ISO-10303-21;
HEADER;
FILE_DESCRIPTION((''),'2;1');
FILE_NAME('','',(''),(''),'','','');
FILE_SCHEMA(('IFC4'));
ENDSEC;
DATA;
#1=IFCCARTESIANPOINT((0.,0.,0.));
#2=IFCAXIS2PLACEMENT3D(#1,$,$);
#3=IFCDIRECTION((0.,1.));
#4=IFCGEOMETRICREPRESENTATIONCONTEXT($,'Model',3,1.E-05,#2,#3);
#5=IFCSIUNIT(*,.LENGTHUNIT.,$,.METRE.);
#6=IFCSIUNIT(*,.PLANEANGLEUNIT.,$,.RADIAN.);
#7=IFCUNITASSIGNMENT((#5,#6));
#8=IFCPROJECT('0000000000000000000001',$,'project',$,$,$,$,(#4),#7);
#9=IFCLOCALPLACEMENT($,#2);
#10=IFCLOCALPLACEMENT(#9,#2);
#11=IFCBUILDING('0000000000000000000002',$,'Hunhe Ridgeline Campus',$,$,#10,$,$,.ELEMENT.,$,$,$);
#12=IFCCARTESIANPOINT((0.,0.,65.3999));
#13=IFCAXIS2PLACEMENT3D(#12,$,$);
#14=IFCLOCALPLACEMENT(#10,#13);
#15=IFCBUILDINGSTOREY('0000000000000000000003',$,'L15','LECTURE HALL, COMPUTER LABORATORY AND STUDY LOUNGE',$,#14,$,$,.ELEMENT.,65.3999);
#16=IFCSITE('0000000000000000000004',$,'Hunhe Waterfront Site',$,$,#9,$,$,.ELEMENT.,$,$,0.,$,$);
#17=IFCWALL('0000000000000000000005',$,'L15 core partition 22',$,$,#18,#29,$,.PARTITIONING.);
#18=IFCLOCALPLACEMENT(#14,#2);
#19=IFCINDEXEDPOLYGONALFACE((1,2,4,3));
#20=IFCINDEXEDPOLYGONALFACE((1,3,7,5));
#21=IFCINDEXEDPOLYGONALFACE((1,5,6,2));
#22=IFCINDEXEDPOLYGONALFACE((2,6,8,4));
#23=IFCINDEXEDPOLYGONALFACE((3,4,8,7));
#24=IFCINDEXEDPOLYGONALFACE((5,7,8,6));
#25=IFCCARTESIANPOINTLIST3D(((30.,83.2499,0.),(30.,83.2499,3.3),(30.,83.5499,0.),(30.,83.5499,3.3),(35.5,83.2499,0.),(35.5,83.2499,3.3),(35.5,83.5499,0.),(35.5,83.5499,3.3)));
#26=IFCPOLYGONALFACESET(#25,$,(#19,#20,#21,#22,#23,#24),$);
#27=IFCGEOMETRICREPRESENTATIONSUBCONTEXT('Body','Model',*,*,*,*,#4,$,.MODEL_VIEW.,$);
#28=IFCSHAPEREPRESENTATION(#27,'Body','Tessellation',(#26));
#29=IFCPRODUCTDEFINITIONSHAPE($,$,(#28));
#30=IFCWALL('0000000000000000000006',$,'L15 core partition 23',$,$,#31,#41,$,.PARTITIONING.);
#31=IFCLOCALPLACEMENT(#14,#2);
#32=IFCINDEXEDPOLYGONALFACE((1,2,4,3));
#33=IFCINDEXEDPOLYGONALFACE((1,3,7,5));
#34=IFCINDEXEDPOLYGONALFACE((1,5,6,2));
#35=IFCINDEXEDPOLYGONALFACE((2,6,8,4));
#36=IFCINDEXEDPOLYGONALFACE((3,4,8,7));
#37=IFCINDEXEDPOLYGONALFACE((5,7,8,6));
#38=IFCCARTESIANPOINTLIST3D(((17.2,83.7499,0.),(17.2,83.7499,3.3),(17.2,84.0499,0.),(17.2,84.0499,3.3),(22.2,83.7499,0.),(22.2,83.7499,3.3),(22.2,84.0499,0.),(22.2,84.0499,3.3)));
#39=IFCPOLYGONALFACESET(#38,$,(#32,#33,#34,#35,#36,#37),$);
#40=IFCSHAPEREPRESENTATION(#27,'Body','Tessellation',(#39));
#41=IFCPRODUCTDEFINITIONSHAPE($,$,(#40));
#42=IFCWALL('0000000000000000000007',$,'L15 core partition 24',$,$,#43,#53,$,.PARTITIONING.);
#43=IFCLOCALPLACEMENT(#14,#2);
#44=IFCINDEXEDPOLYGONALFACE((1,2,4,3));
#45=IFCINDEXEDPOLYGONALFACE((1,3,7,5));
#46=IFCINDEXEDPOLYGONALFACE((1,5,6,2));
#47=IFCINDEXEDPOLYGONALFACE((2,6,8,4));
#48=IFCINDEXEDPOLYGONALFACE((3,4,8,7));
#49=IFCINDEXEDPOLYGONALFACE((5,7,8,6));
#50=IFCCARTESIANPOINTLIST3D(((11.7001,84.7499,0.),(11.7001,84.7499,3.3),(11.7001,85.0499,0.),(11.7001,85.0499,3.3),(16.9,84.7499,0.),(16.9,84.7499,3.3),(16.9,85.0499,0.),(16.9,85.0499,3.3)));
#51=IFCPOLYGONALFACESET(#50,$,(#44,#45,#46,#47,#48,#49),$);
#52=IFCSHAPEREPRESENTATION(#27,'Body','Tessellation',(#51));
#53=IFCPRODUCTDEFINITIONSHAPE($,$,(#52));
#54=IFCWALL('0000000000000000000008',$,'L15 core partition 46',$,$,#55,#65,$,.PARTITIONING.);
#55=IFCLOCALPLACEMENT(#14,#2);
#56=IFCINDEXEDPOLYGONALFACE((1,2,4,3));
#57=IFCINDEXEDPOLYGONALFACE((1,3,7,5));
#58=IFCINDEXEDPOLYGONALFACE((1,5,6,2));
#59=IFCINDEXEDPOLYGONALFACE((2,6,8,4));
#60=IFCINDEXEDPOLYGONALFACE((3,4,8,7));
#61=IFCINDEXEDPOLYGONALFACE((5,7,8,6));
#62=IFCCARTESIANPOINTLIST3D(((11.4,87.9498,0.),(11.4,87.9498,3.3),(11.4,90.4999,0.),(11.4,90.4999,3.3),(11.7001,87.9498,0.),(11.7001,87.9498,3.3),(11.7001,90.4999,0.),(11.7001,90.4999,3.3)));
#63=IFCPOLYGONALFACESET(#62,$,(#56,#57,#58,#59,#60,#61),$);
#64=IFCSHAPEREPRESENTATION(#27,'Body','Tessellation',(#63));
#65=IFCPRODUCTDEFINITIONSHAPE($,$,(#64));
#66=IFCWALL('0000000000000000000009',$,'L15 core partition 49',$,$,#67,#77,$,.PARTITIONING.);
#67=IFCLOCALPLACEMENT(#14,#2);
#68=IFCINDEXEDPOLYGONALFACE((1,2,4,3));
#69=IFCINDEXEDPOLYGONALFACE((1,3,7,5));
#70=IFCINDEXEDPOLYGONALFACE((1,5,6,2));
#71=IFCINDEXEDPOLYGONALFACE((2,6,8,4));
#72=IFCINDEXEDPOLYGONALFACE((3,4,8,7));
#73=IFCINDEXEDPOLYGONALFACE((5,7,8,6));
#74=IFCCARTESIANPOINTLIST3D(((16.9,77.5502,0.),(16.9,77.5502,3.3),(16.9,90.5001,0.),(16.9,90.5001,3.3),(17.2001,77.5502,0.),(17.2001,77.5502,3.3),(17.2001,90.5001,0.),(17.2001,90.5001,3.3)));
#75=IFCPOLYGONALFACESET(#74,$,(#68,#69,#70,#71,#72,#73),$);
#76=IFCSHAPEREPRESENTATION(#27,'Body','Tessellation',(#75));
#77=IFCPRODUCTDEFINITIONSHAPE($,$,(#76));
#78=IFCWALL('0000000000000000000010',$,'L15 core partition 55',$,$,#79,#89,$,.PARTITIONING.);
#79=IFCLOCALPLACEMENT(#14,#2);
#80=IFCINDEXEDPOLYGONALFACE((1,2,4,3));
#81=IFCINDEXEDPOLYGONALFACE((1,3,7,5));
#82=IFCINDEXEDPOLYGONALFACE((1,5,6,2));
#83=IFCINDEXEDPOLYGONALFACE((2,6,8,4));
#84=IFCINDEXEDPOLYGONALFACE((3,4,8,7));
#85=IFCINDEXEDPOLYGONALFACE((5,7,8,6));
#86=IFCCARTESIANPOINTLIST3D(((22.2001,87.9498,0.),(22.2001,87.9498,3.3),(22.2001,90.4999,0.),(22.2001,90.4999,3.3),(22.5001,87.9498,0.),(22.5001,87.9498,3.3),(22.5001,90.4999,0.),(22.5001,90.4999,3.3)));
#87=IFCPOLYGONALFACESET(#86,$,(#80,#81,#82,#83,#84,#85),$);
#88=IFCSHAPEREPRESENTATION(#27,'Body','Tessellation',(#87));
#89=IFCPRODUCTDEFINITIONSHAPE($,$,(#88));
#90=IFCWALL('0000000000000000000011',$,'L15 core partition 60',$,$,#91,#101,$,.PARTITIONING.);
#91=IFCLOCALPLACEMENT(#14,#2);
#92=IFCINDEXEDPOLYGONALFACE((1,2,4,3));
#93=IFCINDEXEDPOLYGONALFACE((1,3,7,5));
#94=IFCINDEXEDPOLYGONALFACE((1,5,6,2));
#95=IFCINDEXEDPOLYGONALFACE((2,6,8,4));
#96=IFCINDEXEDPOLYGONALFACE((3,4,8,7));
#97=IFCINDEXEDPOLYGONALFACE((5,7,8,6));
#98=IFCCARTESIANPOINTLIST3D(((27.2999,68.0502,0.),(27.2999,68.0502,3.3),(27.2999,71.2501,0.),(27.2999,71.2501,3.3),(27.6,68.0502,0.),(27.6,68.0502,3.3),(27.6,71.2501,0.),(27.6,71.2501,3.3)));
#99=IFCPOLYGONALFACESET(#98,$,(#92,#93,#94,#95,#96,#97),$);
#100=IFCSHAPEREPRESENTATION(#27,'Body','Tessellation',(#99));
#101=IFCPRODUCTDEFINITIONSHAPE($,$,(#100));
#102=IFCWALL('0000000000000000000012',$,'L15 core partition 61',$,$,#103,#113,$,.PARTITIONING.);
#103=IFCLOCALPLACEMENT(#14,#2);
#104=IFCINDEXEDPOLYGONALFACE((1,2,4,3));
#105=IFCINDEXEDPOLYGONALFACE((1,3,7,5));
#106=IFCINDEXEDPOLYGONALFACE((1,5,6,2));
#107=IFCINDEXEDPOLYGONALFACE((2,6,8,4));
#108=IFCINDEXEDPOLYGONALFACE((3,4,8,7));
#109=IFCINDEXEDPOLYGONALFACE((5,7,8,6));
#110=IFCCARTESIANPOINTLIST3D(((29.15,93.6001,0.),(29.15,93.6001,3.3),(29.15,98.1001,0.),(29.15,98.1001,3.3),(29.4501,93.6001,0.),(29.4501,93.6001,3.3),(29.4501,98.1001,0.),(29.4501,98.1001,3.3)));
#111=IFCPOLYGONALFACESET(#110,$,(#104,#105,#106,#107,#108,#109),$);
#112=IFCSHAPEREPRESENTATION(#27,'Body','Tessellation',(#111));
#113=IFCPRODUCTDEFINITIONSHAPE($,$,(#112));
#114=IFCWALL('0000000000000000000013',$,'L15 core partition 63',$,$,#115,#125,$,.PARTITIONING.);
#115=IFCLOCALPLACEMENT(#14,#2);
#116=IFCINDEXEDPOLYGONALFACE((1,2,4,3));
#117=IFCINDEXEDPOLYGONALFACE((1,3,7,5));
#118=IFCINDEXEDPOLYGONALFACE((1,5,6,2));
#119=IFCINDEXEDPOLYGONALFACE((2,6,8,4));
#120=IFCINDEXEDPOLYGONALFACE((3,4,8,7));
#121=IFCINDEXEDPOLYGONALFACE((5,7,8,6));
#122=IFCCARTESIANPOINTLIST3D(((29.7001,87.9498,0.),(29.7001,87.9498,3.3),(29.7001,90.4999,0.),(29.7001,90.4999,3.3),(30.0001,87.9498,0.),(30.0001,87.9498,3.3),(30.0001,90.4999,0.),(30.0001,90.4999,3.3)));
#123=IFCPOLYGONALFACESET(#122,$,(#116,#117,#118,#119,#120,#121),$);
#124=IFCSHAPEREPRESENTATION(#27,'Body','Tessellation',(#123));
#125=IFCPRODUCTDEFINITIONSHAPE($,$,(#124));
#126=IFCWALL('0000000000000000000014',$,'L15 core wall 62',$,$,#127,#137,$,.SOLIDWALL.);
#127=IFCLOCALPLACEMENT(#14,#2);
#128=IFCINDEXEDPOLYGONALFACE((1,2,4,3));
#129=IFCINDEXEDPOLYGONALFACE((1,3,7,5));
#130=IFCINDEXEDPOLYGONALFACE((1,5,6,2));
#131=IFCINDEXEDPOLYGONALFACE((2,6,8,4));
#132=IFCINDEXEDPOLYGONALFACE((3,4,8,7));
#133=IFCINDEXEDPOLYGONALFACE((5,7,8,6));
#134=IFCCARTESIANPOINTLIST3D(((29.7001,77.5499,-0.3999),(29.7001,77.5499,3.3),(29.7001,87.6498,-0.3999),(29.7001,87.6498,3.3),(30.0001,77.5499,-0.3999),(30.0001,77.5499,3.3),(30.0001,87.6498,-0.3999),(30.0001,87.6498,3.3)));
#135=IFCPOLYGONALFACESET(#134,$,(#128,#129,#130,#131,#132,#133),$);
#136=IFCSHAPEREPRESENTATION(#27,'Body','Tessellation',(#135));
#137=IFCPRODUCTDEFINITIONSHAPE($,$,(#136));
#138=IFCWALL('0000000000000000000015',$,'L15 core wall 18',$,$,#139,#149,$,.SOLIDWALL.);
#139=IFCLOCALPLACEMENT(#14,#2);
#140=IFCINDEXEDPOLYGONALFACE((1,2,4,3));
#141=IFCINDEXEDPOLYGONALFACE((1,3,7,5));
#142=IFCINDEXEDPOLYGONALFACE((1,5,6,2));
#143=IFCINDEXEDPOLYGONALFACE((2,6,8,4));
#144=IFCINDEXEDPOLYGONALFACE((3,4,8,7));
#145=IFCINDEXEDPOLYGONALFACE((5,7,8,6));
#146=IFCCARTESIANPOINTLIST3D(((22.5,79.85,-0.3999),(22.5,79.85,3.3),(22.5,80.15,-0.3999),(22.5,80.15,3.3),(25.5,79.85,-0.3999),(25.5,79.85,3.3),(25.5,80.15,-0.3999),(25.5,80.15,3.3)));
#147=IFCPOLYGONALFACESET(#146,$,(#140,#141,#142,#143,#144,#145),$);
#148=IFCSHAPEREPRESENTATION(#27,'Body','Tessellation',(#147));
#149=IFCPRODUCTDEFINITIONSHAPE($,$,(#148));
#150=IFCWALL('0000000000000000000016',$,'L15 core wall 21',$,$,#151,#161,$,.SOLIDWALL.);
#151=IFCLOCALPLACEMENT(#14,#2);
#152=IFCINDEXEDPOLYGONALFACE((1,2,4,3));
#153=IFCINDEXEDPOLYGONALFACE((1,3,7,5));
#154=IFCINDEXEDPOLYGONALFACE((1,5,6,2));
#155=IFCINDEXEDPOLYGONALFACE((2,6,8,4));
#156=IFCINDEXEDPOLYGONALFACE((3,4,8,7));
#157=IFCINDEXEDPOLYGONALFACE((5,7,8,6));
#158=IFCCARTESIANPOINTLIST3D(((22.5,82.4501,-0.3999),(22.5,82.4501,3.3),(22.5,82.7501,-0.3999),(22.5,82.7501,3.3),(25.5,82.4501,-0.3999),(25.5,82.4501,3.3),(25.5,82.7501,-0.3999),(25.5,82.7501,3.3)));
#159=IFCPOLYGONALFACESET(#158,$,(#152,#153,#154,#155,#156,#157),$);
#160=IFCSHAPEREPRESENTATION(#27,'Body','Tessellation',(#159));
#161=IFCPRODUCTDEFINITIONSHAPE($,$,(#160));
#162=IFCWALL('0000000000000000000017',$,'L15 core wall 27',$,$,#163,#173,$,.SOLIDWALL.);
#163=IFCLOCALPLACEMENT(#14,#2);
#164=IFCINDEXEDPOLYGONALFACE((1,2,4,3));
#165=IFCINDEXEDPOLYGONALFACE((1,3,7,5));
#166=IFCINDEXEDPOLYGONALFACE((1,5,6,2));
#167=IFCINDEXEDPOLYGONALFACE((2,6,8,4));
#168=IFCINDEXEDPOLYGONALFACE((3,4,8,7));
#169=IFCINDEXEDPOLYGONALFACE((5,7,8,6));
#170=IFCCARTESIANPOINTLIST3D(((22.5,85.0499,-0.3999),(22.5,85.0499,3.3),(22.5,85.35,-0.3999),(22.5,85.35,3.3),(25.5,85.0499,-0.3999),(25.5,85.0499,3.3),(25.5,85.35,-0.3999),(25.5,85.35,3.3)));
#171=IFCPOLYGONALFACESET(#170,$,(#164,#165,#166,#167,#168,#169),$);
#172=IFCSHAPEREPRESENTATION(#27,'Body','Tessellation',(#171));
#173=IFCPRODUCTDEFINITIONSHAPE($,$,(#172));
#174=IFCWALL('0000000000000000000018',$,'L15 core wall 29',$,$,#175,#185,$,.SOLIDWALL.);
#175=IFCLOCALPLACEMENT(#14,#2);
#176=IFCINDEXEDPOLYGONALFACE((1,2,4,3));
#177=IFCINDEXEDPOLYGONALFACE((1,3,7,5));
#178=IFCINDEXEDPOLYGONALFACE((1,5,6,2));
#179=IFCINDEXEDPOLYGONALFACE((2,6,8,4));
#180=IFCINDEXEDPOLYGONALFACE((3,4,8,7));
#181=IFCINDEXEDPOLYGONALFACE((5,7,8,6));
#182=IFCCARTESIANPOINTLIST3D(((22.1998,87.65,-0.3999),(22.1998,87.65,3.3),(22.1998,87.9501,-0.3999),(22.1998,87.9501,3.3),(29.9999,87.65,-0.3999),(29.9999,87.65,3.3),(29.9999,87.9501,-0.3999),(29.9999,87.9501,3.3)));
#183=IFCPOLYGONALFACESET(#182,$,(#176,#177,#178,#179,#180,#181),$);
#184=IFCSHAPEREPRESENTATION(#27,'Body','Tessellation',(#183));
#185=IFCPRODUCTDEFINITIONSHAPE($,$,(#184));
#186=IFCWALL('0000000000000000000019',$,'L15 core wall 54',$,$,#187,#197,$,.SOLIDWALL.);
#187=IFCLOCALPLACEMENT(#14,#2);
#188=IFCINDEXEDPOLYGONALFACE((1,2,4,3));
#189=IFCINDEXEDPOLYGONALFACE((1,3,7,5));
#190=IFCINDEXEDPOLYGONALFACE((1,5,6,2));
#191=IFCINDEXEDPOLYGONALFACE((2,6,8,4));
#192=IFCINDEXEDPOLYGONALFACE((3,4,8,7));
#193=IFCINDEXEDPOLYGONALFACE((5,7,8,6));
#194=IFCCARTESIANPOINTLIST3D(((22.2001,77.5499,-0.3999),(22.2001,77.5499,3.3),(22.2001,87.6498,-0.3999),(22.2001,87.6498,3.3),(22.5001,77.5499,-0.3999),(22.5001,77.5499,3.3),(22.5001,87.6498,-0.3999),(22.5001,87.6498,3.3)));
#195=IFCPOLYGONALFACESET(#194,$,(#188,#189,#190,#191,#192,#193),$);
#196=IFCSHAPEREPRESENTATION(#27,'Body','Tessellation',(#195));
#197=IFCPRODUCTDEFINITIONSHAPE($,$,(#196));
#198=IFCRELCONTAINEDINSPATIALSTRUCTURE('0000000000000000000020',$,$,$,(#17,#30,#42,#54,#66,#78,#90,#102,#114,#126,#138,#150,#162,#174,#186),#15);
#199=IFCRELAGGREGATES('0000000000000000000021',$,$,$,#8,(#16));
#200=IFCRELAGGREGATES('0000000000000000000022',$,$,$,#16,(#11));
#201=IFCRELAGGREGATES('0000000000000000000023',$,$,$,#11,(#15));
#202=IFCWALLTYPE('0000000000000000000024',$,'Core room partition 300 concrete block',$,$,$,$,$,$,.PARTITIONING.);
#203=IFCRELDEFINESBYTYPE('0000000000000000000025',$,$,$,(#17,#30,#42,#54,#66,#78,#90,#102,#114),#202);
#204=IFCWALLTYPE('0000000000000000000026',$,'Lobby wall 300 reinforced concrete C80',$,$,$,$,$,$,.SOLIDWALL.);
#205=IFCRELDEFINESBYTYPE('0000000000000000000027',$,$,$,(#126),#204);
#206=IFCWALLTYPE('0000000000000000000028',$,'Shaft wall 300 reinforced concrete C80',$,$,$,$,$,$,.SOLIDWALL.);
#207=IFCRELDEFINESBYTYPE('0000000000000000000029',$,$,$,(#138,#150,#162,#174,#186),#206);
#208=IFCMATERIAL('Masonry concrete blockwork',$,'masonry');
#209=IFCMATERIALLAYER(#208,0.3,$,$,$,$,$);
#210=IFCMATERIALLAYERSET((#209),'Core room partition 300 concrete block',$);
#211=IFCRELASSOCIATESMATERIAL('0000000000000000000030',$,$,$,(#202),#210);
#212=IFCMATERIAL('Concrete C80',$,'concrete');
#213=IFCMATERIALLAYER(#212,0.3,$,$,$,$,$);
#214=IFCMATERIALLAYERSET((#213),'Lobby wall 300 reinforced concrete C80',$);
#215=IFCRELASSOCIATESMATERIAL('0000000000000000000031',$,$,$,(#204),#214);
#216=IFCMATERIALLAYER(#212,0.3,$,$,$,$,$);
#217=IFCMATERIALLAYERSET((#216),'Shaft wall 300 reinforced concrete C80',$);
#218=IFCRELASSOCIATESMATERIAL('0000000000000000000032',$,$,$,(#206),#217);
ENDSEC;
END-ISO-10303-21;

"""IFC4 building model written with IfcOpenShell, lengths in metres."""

from ifc_helpers import new_model, si_unit, direction, frame, frame_2d, origin, place, context, subcontext, project, spatial, rectangle, extrude, material, layer, layer_set, type_object, element, save


model = new_model("IFC4")

# Units and contexts
model_context = context("Model", 3, precision=1e-05, world=origin(), true_north=direction((0.0, 1.0)))
body_context = subcontext(model_context, "Body", "Model", "MODEL_VIEW")
ifc_project = project(units=[si_unit("LENGTHUNIT", "METRE"), si_unit("PLANEANGLEUNIT", "RADIAN")], contexts=[model_context])

# Site, building, storey
site_placement = place(None, origin())
site = spatial("IfcSite", under=ifc_project, at=site_placement, Name="Hunhe Waterfront Site", CompositionType="ELEMENT", RefElevation=0.0)
building_placement = place(site_placement, origin())
building = spatial("IfcBuilding", under=site, at=building_placement, Name="Hunhe Ridgeline Campus", CompositionType="ELEMENT")
storey_placement = place(building_placement, frame((0.0, 0.0, 65.3999)))
storey = spatial("IfcBuildingStorey", under=building, at=storey_placement, Name="L15", Description="LECTURE HALL, COMPUTER LABORATORY AND STUDY LOUNGE", CompositionType="ELEMENT", Elevation=65.3999)

# Shared definitions
ifc_material_1 = material(Name="Masonry concrete blockwork", Category="masonry")
ifc_layer_1 = layer(ifc_material_1, 0.3)
ifc_layer_set_1 = layer_set([ifc_layer_1], Name="Core room partition 300 concrete block")
wall_type_1 = type_object("IfcWallType", Name="Core room partition 300 concrete block", PredefinedType="PARTITIONING", material=ifc_layer_set_1)

# Walls
wall_1_placement = place(storey_placement, frame((30.0, 83.3999, 0.0), z_axis=(0.0, 0.0, 1.0), x_axis=(1.0, 0.0, 0.0)))
element("IfcWall", 1, at=wall_1_placement, inside=storey, type_object=wall_type_1, Name="L15 core partition 22", PredefinedType="PARTITIONING", context=body_context, shape_type="SweptSolid", body=[
    extrude(rectangle(XDim=5.5, YDim=0.3, at=frame_2d((2.75, 0.0))), origin(), (0.0, 0.0, 1.0), 3.3),
])
wall_2_placement = place(storey_placement, frame((17.2, 83.8999, 0.0), z_axis=(0.0, 0.0, 1.0), x_axis=(1.0, 0.0, 0.0)))
element("IfcWall", 2, at=wall_2_placement, inside=storey, type_object=wall_type_1, Name="L15 core partition 23", PredefinedType="PARTITIONING", context=body_context, shape_type="SweptSolid", body=[
    extrude(rectangle(XDim=5.0, YDim=0.3, at=frame_2d((2.5, 0.0))), origin(), (0.0, 0.0, 1.0), 3.3),
])
wall_3_placement = place(storey_placement, frame((11.7, 84.8999, 0.0), z_axis=(0.0, 0.0, 1.0), x_axis=(1.0, 0.0, 0.0)))
element("IfcWall", 3, at=wall_3_placement, inside=storey, type_object=wall_type_1, Name="L15 core partition 24", PredefinedType="PARTITIONING", context=body_context, shape_type="SweptSolid", body=[
    extrude(rectangle(XDim=5.2, YDim=0.3, at=frame_2d((2.6001, 0.0))), origin(), (0.0, 0.0, 1.0), 3.3),
])
wall_4_placement = place(storey_placement, frame((11.55, 87.95, 0.0), z_axis=(0.0, 0.0, 1.0), x_axis=(0.0, 1.0, 0.0)))
element("IfcWall", 4, at=wall_4_placement, inside=storey, type_object=wall_type_1, Name="L15 core partition 46", PredefinedType="PARTITIONING", context=body_context, shape_type="SweptSolid", body=[
    extrude(rectangle(XDim=2.55, YDim=0.3, at=frame_2d((1.2749, 0.0))), origin(), (0.0, 0.0, 1.0), 3.3),
])
wall_5_placement = place(storey_placement, frame((17.05, 77.55, 0.0), z_axis=(0.0, 0.0, 1.0), x_axis=(0.0, 1.0, 0.0)))
element("IfcWall", 5, at=wall_5_placement, inside=storey, type_object=wall_type_1, Name="L15 core partition 49", PredefinedType="PARTITIONING", context=body_context, shape_type="SweptSolid", body=[
    extrude(rectangle(XDim=12.95, YDim=0.3, at=frame_2d((6.4751, 0.0))), origin(), (0.0, 0.0, 1.0), 3.3),
])
wall_6_placement = place(storey_placement, frame((22.3501, 87.95, 0.0), z_axis=(0.0, 0.0, 1.0), x_axis=(0.0, 1.0, 0.0)))
element("IfcWall", 6, at=wall_6_placement, inside=storey, type_object=wall_type_1, Name="L15 core partition 55", PredefinedType="PARTITIONING", context=body_context, shape_type="SweptSolid", body=[
    extrude(rectangle(XDim=2.55, YDim=0.3, at=frame_2d((1.2749, 0.0))), origin(), (0.0, 0.0, 1.0), 3.3),
])
wall_7_placement = place(storey_placement, frame((27.45, 68.05, 0.0), z_axis=(0.0, 0.0, 1.0), x_axis=(0.0, 1.0, 0.0)))
element("IfcWall", 7, at=wall_7_placement, inside=storey, type_object=wall_type_1, Name="L15 core partition 60", PredefinedType="PARTITIONING", context=body_context, shape_type="SweptSolid", body=[
    extrude(rectangle(XDim=3.2, YDim=0.3, at=frame_2d((1.6001, 0.0))), origin(), (0.0, 0.0, 1.0), 3.3),
])
wall_8_placement = place(storey_placement, frame((29.3, 93.6001, 0.0), z_axis=(0.0, 0.0, 1.0), x_axis=(0.0, 1.0, 0.0)))
element("IfcWall", 8, at=wall_8_placement, inside=storey, type_object=wall_type_1, Name="L15 core partition 61", PredefinedType="PARTITIONING", context=body_context, shape_type="SweptSolid", body=[
    extrude(rectangle(XDim=4.5, YDim=0.3, at=frame_2d((2.25, 0.0))), origin(), (0.0, 0.0, 1.0), 3.3),
])
wall_9_placement = place(storey_placement, frame((29.8501, 87.95, 0.0), z_axis=(0.0, 0.0, 1.0), x_axis=(0.0, 1.0, 0.0)))
element("IfcWall", 9, at=wall_9_placement, inside=storey, type_object=wall_type_1, Name="L15 core partition 63", PredefinedType="PARTITIONING", context=body_context, shape_type="SweptSolid", body=[
    extrude(rectangle(XDim=2.55, YDim=0.3, at=frame_2d((1.2749, 0.0))), origin(), (0.0, 0.0, 1.0), 3.3),
])
ifc_material_2 = material(Name="Concrete C80", Category="concrete")
ifc_layer_2 = layer(ifc_material_2, 0.3)
ifc_layer_set_2 = layer_set([ifc_layer_2], Name="Lobby wall 300 reinforced concrete C80")
wall_type_2 = type_object("IfcWallType", Name="Lobby wall 300 reinforced concrete C80", PredefinedType="SOLIDWALL", material=ifc_layer_set_2)
wall_10_placement = place(storey_placement, frame((29.8501, 77.55, -0.3999), z_axis=(0.0, 0.0, 1.0), x_axis=(0.0, 1.0, 0.0)))
element("IfcWall", 10, at=wall_10_placement, inside=storey, type_object=wall_type_2, Name="L15 core wall 62", PredefinedType="SOLIDWALL", context=body_context, shape_type="SweptSolid", body=[
    extrude(rectangle(XDim=10.0999, YDim=0.3, at=frame_2d((5.0498, 0.0))), origin(), (0.0, 0.0, 1.0), 3.7),
])
ifc_layer_3 = layer(ifc_material_2, 0.3)
ifc_layer_set_3 = layer_set([ifc_layer_3], Name="Shaft wall 300 reinforced concrete C80")
wall_type_3 = type_object("IfcWallType", Name="Shaft wall 300 reinforced concrete C80", PredefinedType="SOLIDWALL", material=ifc_layer_set_3)
for number, where, z_axis, x_axis, name in (
    (11, (22.5, 80.0, -0.3999), (0.0, 0.0, 1.0), (1.0, 0.0, 0.0), "L15 core wall 18"),
    (12, (22.5, 82.6001, -0.3999), (0.0, 0.0, 1.0), (1.0, 0.0, 0.0), "L15 core wall 21"),
    (13, (22.5, 85.2, -0.3999), (0.0, 0.0, 1.0), (1.0, 0.0, 0.0), "L15 core wall 27"),
):
    element("IfcWall", number, at=place(storey_placement, frame(where, z_axis=z_axis, x_axis=x_axis)), inside=storey, type_object=wall_type_3, Name=name, PredefinedType="SOLIDWALL", context=body_context, shape_type="SweptSolid", body=[
        extrude(rectangle(XDim=3.0, YDim=0.3, at=frame_2d((1.5, 0.0))), origin(), (0.0, 0.0, 1.0), 3.7),
    ])
wall_11_placement = place(storey_placement, frame((22.2, 87.8, -0.3999), z_axis=(0.0, 0.0, 1.0), x_axis=(1.0, 0.0, 0.0)))
element("IfcWall", 14, at=wall_11_placement, inside=storey, type_object=wall_type_3, Name="L15 core wall 29", PredefinedType="SOLIDWALL", context=body_context, shape_type="SweptSolid", body=[
    extrude(rectangle(XDim=7.8, YDim=0.3, at=frame_2d((3.8999, 0.0))), origin(), (0.0, 0.0, 1.0), 3.7),
])
for number, where, z_axis, x_axis, name in (
    (15, (22.3501, 77.55, -0.3999), (0.0, 0.0, 1.0), (0.0, 1.0, 0.0), "L15 core wall 54"),
):
    element("IfcWall", number, at=place(storey_placement, frame(where, z_axis=z_axis, x_axis=x_axis)), inside=storey, type_object=wall_type_3, Name=name, PredefinedType="SOLIDWALL", context=body_context, shape_type="SweptSolid", body=[
        extrude(rectangle(XDim=10.0999, YDim=0.3, at=frame_2d((5.0498, 0.0))), origin(), (0.0, 0.0, 1.0), 3.7),
    ])

save(model, "model.ifc")
